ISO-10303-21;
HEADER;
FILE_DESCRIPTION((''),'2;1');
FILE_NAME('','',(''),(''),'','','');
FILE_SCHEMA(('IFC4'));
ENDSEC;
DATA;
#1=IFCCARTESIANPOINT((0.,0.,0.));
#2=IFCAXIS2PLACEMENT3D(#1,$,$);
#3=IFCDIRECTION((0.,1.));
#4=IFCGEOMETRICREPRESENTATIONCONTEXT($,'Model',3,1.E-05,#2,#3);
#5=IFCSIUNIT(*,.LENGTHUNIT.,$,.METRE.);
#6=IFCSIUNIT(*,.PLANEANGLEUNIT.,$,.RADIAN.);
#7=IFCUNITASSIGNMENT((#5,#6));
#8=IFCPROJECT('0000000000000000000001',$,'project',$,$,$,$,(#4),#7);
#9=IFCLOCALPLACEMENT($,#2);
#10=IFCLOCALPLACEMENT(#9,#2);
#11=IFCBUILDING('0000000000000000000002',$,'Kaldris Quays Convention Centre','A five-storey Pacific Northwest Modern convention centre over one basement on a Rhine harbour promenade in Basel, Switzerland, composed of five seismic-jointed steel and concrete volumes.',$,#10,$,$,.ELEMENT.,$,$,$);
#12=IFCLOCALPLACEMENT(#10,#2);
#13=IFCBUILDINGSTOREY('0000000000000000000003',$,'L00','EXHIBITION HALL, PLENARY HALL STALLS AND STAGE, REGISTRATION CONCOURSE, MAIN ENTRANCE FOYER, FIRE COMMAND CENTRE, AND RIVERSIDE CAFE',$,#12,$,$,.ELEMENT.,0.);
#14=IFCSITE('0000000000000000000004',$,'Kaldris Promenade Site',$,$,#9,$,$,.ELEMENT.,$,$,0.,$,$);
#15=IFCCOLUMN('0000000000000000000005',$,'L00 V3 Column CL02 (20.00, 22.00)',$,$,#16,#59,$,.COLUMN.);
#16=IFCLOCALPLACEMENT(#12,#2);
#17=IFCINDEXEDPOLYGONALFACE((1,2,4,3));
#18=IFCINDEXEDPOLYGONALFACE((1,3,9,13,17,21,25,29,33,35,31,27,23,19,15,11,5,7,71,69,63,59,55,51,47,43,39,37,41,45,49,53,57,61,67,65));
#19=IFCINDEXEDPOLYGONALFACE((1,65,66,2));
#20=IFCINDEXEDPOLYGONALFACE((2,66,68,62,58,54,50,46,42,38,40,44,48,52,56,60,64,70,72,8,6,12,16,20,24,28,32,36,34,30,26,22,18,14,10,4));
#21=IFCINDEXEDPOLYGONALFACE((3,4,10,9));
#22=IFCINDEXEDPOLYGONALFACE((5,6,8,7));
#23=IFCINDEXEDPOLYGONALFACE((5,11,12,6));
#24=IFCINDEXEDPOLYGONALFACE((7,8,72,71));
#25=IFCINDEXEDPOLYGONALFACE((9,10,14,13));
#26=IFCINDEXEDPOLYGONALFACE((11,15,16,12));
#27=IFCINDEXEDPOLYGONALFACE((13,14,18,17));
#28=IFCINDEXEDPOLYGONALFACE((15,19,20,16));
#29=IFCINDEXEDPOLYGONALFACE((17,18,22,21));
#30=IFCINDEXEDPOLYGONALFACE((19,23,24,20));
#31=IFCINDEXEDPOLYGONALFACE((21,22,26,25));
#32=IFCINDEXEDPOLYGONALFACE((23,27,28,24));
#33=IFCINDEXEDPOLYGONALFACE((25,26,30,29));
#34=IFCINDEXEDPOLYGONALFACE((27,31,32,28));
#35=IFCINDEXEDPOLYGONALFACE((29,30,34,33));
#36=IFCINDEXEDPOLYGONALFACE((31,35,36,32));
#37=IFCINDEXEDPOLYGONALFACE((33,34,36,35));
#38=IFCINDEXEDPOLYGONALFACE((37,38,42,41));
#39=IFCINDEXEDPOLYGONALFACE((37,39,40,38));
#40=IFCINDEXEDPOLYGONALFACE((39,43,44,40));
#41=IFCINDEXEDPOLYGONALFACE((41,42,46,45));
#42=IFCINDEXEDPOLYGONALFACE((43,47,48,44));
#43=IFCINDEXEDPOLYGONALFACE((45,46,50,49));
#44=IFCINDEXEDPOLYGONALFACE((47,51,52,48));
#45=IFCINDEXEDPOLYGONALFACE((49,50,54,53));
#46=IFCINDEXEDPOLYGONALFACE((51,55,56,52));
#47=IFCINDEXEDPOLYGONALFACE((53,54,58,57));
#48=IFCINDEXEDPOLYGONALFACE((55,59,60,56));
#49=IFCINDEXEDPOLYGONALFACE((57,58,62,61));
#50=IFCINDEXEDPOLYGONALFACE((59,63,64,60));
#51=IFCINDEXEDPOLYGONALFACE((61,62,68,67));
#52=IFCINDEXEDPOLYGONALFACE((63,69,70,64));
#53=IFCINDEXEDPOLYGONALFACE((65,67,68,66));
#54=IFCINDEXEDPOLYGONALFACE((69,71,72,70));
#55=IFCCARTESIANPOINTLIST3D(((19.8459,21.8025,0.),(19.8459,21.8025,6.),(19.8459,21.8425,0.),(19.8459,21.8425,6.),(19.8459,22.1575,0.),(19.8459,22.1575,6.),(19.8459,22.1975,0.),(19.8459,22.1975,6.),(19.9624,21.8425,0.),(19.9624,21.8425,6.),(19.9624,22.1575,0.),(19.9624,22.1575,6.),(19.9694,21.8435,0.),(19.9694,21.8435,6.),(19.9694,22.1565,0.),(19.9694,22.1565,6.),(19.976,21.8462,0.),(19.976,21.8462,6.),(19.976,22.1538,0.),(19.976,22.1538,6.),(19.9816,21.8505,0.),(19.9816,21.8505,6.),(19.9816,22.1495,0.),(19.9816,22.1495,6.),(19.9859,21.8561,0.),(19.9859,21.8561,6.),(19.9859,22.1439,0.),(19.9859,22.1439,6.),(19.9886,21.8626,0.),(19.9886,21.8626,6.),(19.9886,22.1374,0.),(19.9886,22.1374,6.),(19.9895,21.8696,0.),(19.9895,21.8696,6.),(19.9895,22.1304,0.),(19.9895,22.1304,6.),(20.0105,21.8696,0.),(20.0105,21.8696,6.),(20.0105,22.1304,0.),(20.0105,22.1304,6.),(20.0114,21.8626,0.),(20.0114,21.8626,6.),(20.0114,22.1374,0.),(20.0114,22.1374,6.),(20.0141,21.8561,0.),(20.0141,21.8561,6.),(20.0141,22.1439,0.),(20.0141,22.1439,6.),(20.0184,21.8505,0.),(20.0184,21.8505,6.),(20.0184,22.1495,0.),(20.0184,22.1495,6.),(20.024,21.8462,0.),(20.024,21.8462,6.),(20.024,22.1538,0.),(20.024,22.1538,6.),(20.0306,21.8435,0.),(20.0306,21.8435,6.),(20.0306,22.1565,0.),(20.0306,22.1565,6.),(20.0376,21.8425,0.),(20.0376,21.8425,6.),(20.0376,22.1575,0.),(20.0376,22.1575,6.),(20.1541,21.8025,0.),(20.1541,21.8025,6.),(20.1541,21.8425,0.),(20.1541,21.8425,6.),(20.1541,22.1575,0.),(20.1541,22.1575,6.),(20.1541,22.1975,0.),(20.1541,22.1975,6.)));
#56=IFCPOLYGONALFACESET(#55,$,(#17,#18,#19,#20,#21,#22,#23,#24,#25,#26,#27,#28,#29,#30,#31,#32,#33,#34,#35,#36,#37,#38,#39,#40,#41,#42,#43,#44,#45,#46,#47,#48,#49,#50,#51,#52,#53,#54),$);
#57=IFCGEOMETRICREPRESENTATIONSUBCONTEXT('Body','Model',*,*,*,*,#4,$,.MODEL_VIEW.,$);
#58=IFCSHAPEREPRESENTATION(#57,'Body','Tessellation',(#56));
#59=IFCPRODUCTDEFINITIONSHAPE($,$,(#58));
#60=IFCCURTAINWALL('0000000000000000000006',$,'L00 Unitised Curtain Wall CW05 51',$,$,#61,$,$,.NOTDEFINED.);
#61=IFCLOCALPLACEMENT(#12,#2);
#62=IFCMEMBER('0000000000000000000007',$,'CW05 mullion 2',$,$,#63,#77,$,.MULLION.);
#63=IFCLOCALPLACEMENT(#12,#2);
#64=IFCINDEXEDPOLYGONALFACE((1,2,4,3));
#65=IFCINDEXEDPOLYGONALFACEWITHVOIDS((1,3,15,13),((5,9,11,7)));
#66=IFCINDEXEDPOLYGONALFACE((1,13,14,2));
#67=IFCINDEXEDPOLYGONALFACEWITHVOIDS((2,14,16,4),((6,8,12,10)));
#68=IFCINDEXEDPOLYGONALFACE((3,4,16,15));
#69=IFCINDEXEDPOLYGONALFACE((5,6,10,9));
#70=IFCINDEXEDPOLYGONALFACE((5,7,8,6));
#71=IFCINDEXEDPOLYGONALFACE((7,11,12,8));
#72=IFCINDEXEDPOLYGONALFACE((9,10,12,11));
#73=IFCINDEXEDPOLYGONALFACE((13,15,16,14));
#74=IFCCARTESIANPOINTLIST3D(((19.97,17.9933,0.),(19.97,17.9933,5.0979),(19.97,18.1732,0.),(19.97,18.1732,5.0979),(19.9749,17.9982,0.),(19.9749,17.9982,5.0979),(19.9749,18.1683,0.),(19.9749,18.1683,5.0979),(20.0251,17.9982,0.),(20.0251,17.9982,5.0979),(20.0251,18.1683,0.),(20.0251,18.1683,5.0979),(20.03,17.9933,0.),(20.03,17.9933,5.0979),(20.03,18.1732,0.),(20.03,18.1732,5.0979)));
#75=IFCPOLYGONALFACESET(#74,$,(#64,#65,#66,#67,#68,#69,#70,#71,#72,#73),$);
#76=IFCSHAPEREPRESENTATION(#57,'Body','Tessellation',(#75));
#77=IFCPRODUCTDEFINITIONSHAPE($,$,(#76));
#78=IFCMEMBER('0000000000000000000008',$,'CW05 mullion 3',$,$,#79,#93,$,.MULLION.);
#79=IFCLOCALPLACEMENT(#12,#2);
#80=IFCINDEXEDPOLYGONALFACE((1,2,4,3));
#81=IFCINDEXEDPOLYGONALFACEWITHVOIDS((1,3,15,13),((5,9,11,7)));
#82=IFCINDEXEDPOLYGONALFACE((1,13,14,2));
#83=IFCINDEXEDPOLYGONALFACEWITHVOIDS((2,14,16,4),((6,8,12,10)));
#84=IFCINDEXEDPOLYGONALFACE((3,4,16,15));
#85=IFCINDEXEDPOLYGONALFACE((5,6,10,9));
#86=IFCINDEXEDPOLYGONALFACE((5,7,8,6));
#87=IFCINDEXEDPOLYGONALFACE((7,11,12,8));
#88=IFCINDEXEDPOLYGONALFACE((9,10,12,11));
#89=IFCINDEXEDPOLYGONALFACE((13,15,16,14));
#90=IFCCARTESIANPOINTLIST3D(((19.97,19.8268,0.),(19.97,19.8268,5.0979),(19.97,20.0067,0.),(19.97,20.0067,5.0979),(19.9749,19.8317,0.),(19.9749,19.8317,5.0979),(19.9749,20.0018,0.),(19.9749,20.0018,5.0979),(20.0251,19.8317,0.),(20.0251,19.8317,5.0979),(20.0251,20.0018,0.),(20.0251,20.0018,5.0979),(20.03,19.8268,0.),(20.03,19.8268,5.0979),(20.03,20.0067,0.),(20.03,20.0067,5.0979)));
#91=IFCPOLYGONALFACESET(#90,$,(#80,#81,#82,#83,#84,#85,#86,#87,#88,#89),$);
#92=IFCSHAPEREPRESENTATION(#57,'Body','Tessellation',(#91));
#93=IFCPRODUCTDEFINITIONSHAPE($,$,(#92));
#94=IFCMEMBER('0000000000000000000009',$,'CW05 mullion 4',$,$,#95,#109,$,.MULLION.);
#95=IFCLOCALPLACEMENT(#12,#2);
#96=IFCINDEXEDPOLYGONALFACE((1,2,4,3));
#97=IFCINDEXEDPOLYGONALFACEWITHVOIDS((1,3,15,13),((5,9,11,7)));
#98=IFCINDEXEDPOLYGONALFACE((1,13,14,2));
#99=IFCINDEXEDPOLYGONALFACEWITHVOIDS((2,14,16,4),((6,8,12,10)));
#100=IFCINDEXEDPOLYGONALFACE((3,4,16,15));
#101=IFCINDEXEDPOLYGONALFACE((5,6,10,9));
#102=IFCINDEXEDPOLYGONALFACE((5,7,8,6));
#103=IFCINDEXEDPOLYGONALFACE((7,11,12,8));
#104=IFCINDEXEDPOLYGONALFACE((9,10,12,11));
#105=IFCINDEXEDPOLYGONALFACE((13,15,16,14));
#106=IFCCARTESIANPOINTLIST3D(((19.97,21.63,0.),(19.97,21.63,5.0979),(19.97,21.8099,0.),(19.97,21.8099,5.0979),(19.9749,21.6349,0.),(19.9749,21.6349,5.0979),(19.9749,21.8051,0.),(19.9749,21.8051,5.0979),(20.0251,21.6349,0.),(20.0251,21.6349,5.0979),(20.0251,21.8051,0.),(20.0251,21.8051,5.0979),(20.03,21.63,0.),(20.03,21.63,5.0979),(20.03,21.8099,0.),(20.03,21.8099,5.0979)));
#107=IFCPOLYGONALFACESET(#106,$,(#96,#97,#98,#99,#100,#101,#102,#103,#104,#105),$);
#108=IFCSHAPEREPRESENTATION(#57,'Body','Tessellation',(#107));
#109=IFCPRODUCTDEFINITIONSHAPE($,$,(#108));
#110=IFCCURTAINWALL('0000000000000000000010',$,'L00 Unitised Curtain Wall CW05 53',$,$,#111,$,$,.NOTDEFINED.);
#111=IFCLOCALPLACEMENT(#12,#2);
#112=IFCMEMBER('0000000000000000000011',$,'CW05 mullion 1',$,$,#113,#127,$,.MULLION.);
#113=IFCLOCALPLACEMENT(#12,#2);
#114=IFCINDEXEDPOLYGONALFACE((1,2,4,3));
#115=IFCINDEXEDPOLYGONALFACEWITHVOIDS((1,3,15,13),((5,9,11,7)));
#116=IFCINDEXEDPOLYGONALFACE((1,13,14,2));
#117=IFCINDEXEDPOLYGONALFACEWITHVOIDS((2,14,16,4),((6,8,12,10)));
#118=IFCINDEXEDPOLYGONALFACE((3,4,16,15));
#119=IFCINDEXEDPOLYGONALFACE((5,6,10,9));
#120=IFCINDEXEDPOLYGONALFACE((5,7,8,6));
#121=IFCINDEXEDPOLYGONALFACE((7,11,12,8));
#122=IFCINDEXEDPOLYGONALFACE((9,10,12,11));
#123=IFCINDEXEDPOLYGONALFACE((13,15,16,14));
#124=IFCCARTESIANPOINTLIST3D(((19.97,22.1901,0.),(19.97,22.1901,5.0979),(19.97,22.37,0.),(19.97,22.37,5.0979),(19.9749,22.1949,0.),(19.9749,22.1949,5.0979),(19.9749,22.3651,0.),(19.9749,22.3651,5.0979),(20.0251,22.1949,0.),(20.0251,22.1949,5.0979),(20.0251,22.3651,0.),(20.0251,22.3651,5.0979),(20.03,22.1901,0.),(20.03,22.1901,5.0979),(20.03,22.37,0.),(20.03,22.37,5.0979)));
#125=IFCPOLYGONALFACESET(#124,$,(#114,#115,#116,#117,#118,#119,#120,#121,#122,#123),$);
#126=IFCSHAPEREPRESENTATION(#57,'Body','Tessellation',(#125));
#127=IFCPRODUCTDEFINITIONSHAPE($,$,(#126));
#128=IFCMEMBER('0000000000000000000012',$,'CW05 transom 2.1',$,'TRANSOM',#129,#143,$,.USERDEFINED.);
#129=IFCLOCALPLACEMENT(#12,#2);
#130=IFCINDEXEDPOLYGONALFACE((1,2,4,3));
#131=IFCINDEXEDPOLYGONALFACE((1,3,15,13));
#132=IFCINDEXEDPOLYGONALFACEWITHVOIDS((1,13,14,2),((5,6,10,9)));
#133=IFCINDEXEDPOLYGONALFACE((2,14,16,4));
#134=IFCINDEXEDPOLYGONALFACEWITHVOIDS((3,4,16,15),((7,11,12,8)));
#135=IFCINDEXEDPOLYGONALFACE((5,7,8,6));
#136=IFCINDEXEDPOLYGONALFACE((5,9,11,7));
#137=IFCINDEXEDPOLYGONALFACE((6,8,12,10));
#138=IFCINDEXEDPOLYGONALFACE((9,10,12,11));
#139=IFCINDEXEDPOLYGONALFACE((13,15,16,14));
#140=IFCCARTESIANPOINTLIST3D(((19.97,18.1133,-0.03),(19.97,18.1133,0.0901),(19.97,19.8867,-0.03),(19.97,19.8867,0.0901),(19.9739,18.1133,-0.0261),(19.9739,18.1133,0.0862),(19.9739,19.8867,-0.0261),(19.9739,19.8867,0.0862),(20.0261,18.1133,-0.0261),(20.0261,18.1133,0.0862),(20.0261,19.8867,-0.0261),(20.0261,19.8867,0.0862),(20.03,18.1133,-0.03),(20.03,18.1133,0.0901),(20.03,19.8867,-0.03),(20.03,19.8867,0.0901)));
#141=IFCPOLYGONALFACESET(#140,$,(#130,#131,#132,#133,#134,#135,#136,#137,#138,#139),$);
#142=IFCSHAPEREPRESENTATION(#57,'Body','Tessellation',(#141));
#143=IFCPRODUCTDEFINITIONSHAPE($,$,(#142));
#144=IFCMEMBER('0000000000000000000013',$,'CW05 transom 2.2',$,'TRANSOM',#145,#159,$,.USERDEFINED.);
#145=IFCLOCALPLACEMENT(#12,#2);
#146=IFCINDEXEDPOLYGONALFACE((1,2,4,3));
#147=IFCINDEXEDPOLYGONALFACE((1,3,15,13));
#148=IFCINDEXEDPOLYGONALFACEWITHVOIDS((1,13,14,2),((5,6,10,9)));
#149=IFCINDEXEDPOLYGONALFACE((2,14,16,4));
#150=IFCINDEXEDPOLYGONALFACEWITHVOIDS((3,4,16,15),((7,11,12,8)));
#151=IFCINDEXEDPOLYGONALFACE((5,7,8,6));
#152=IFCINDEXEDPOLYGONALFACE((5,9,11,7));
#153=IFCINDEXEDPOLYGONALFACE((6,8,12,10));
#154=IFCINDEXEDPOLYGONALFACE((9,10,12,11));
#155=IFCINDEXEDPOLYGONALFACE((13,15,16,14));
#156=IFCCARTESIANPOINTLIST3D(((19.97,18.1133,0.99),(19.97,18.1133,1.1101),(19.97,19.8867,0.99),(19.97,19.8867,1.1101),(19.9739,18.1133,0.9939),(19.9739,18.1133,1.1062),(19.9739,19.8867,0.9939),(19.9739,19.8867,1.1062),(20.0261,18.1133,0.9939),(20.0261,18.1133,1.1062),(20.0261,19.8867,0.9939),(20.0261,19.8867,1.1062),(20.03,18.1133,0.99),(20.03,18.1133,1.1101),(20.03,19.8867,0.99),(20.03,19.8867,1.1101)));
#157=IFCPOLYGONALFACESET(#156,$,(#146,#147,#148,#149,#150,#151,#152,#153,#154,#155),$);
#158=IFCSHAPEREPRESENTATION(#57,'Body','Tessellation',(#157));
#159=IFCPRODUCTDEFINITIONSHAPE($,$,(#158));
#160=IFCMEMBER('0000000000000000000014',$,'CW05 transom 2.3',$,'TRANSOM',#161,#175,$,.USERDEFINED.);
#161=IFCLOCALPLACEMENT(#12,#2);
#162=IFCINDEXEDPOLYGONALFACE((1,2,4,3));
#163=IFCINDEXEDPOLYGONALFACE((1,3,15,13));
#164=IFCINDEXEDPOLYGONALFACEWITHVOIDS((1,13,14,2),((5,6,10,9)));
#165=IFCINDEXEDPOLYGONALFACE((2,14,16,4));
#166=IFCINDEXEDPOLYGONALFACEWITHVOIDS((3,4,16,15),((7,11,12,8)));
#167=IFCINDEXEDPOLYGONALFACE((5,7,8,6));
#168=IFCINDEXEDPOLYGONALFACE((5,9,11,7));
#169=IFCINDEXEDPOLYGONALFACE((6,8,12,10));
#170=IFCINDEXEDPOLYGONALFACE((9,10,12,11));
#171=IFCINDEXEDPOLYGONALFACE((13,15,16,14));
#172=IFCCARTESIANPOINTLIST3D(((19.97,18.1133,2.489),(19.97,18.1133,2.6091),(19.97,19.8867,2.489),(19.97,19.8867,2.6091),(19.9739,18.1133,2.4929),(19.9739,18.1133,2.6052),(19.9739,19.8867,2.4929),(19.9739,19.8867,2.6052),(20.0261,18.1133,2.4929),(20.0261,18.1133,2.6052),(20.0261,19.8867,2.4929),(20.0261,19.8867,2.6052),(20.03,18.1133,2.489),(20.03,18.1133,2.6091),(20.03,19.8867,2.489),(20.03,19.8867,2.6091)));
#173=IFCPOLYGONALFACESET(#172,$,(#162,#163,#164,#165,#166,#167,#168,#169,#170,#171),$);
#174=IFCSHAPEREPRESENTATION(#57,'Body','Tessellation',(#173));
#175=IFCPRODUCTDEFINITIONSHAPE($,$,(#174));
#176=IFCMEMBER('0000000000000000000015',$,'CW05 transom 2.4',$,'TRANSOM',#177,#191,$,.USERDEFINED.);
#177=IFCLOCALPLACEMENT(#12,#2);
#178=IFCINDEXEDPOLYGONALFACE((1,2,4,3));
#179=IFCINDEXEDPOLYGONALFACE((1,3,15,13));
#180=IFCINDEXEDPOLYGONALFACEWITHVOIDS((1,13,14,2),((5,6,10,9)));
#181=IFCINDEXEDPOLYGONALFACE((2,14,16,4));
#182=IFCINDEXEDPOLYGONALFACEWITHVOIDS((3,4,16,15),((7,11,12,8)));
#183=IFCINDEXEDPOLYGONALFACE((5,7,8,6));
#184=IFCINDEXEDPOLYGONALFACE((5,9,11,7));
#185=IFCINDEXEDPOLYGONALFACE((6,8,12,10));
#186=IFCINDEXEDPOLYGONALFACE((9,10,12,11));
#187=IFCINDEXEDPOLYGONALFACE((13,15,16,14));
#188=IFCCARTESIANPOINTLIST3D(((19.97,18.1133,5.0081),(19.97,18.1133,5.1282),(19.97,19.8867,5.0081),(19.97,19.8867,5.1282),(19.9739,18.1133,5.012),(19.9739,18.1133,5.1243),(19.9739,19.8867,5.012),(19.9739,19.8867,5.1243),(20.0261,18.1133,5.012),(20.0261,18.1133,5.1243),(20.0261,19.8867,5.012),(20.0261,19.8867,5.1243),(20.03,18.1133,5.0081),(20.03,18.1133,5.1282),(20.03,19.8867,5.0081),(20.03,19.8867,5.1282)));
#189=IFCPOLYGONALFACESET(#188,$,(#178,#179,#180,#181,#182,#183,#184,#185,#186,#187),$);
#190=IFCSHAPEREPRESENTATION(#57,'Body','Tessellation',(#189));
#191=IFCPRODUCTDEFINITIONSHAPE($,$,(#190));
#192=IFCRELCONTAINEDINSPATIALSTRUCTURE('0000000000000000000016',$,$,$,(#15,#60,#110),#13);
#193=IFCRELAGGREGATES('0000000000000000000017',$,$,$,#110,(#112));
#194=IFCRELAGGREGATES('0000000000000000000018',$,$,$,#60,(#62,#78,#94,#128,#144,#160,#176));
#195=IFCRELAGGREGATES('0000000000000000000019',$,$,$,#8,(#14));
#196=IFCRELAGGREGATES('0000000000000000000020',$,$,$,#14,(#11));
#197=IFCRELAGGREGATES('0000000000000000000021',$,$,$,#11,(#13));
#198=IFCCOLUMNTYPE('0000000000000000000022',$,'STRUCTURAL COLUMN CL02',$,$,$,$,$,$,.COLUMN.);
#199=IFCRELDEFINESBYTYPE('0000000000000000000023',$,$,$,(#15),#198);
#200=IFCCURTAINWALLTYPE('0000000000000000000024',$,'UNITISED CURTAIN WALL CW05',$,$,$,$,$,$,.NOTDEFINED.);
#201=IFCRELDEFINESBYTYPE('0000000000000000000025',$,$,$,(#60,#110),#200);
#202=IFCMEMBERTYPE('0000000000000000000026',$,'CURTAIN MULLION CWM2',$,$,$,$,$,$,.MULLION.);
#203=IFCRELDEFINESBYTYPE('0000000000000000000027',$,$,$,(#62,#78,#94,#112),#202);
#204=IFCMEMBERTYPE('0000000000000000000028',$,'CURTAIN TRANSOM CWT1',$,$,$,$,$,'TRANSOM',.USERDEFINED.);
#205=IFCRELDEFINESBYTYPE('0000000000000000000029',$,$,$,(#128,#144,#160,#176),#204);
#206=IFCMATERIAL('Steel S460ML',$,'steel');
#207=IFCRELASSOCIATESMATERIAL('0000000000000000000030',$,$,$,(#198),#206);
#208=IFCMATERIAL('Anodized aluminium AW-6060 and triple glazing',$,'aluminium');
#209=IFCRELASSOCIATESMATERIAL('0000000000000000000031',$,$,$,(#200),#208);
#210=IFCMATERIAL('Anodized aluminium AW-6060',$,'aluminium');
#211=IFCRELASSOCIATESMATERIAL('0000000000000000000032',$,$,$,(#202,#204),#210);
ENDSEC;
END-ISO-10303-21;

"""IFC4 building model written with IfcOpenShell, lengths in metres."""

from ifc_helpers import new_model, si_unit, direction, frame, origin, origin_2d, place, context, subcontext, project, spatial, hollow_rectangle, i_section, extrude, material, material_profile, profile_set, type_object, element, aggregate, save


model = new_model("IFC4")

# Units and contexts
model_context = context("Model", 3, precision=1e-05, world=origin(), true_north=direction((0.0, 1.0)))
body_context = subcontext(model_context, "Body", "Model", "MODEL_VIEW")
ifc_project = project(units=[si_unit("LENGTHUNIT", "METRE"), si_unit("PLANEANGLEUNIT", "RADIAN")], contexts=[model_context])

# Site, building, storey
site_placement = place(None, origin())
site = spatial("IfcSite", under=ifc_project, at=site_placement, Name="Kaldris Promenade Site", CompositionType="ELEMENT", RefElevation=0.0)
building_placement = place(site_placement, origin())
building = spatial("IfcBuilding", under=site, at=building_placement, Name="Kaldris Quays Convention Centre", Description="A five-storey Pacific Northwest Modern convention centre over one basement on a Rhine harbour promenade in Basel, Switzerland, composed of five seismic-jointed steel and concrete volumes.", CompositionType="ELEMENT")
storey_placement = place(building_placement, origin())
storey = spatial("IfcBuildingStorey", under=building, at=storey_placement, Name="L00", Description="EXHIBITION HALL, PLENARY HALL STALLS AND STAGE, REGISTRATION CONCOURSE, MAIN ENTRANCE FOYER, FIRE COMMAND CENTRE, AND RIVERSIDE CAFE", CompositionType="ELEMENT", Elevation=0.0)

# Column
ifc_material_1 = material(Name="Steel S460ML", Category="steel")
ifc_material_profile_1 = material_profile(ifc_material_1, i_section(OverallWidth=0.3081, OverallDepth=0.395, WebThickness=0.021, FlangeThickness=0.04, FilletRadius=0.0271, at=origin_2d()), Name="HEM 360")
ifc_profile_set_1 = profile_set([ifc_material_profile_1], Name="Steel S460ML")
column_type = type_object("IfcColumnType", Name="STRUCTURAL COLUMN CL02", PredefinedType="COLUMN", material=ifc_profile_set_1)
column_placement = place(storey_placement, frame((20.0, 22.0, 0.0), z_axis=(0.0, 0.0, 1.0), x_axis=(1.0, 0.0, 0.0)))
element("IfcColumn", 1, at=column_placement, inside=storey, type_object=column_type, Name="L00 V3 Column CL02 (20.00, 22.00)", PredefinedType="COLUMN", context=body_context, shape_type="SweptSolid", body=[
    extrude(i_section(OverallWidth=0.3081, OverallDepth=0.395, WebThickness=0.021, FlangeThickness=0.04, FilletRadius=0.0271, at=origin_2d()), origin(), (0.0, 0.0, 1.0), 6.0),
])

# Curtain wall, members
ifc_material_2 = material(Name="Anodized aluminium AW-6060 and triple glazing", Category="aluminium")
curtain_wall_type = type_object("IfcCurtainWallType", Name="UNITISED CURTAIN WALL CW05", PredefinedType="NOTDEFINED", material=ifc_material_2)
curtain_wall_1_placement = place(storey_placement, origin())
curtain_wall_1 = element("IfcCurtainWall", 2, at=curtain_wall_1_placement, inside=storey, type_object=curtain_wall_type, Name="L00 Unitised Curtain Wall CW05 51", PredefinedType="NOTDEFINED")
ifc_material_3 = material(Name="Anodized aluminium AW-6060", Category="aluminium")
ifc_material_profile_2 = material_profile(ifc_material_3, hollow_rectangle(XDim=0.0601, YDim=0.1799, WallThickness=0.0049, at=origin_2d()), Name="RHS 180x60x5")
ifc_profile_set_2 = profile_set([ifc_material_profile_2], Name="Anodized aluminium AW-6060")
member_type_1 = type_object("IfcMemberType", Name="CURTAIN MULLION CWM2", PredefinedType="MULLION", material=ifc_profile_set_2)
member_1_placement = place(storey_placement, frame((20.0, 18.0833, 0.0), z_axis=(0.0, 0.0, 1.0), x_axis=(-1.0, 0.0, 0.0)))
member_1 = element("IfcMember", 3, at=member_1_placement, type_object=member_type_1, Name="CW05 mullion 2", PredefinedType="MULLION", context=body_context, shape_type="SweptSolid", body=[
    extrude(hollow_rectangle(XDim=0.0601, YDim=0.1799, WallThickness=0.0049, at=origin_2d()), origin(), (0.0, 0.0, 1.0), 5.0979),
])
member_2_placement = place(storey_placement, frame((20.0, 19.9167, 0.0), z_axis=(0.0, 0.0, 1.0), x_axis=(-1.0, 0.0, 0.0)))
member_2 = element("IfcMember", 4, at=member_2_placement, type_object=member_type_1, Name="CW05 mullion 3", PredefinedType="MULLION", context=body_context, shape_type="SweptSolid", body=[
    extrude(hollow_rectangle(XDim=0.0601, YDim=0.1799, WallThickness=0.0049, at=origin_2d()), origin(), (0.0, 0.0, 1.0), 5.0979),
])
member_3_placement = place(storey_placement, frame((20.0, 21.72, 0.0), z_axis=(0.0, 0.0, 1.0), x_axis=(-1.0, 0.0, 0.0)))
member_3 = element("IfcMember", 5, at=member_3_placement, type_object=member_type_1, Name="CW05 mullion 4", PredefinedType="MULLION", context=body_context, shape_type="SweptSolid", body=[
    extrude(hollow_rectangle(XDim=0.0601, YDim=0.1799, WallThickness=0.0049, at=origin_2d()), origin(), (0.0, 0.0, 1.0), 5.0979),
])

# Curtain wall, member
curtain_wall_2_placement = place(storey_placement, origin())
curtain_wall_2 = element("IfcCurtainWall", 6, at=curtain_wall_2_placement, inside=storey, type_object=curtain_wall_type, Name="L00 Unitised Curtain Wall CW05 53", PredefinedType="NOTDEFINED")
member_4_placement = place(storey_placement, frame((20.0, 22.28, 0.0), z_axis=(0.0, 0.0, 1.0), x_axis=(-1.0, 0.0, 0.0)))
member_4 = element("IfcMember", 7, at=member_4_placement, type_object=member_type_1, Name="CW05 mullion 1", PredefinedType="MULLION", context=body_context, shape_type="SweptSolid", body=[
    extrude(hollow_rectangle(XDim=0.0601, YDim=0.1799, WallThickness=0.0049, at=origin_2d()), origin(), (0.0, 0.0, 1.0), 5.0979),
])
aggregate(curtain_wall_2, [member_4])

# Members
ifc_material_profile_3 = material_profile(ifc_material_3, hollow_rectangle(XDim=0.0601, YDim=0.1201, WallThickness=0.0039, at=origin_2d()), Name="RHS 120x60x4")
ifc_profile_set_3 = profile_set([ifc_material_profile_3], Name="Anodized aluminium AW-6060")
member_type_2 = type_object("IfcMemberType", Name="CURTAIN TRANSOM CWT1", ElementType="TRANSOM", PredefinedType="USERDEFINED", material=ifc_profile_set_3)
member_5_placement = place(storey_placement, frame((20.0, 18.1133, 0.03), z_axis=(0.0, 1.0, 0.0), x_axis=(-1.0, 0.0, 0.0)))
member_5 = element("IfcMember", 8, at=member_5_placement, type_object=member_type_2, Name="CW05 transom 2.1", ObjectType="TRANSOM", PredefinedType="USERDEFINED", context=body_context, shape_type="SweptSolid", body=[
    extrude(hollow_rectangle(XDim=0.0601, YDim=0.1201, WallThickness=0.0039, at=origin_2d()), origin(), (0.0, 0.0, 1.0), 1.7734),
])
member_6_placement = place(storey_placement, frame((20.0, 18.1133, 1.05), z_axis=(0.0, 1.0, 0.0), x_axis=(-1.0, 0.0, 0.0)))
member_6 = element("IfcMember", 9, at=member_6_placement, type_object=member_type_2, Name="CW05 transom 2.2", ObjectType="TRANSOM", PredefinedType="USERDEFINED", context=body_context, shape_type="SweptSolid", body=[
    extrude(hollow_rectangle(XDim=0.0601, YDim=0.1201, WallThickness=0.0039, at=origin_2d()), origin(), (0.0, 0.0, 1.0), 1.7734),
])
member_7_placement = place(storey_placement, frame((20.0, 18.1133, 2.5491), z_axis=(0.0, 1.0, 0.0), x_axis=(-1.0, 0.0, 0.0)))
member_7 = element("IfcMember", 10, at=member_7_placement, type_object=member_type_2, Name="CW05 transom 2.3", ObjectType="TRANSOM", PredefinedType="USERDEFINED", context=body_context, shape_type="SweptSolid", body=[
    extrude(hollow_rectangle(XDim=0.0601, YDim=0.1201, WallThickness=0.0039, at=origin_2d()), origin(), (0.0, 0.0, 1.0), 1.7734),
])
member_8_placement = place(storey_placement, frame((20.0, 18.1133, 5.0681), z_axis=(0.0, 1.0, 0.0), x_axis=(-1.0, 0.0, 0.0)))
member_8 = element("IfcMember", 11, at=member_8_placement, type_object=member_type_2, Name="CW05 transom 2.4", ObjectType="TRANSOM", PredefinedType="USERDEFINED", context=body_context, shape_type="SweptSolid", body=[
    extrude(hollow_rectangle(XDim=0.0601, YDim=0.1201, WallThickness=0.0039, at=origin_2d()), origin(), (0.0, 0.0, 1.0), 1.7734),
])

aggregate(curtain_wall_1, [member_1, member_2, member_3, member_5, member_6, member_7, member_8])

save(model, "model.ifc")
